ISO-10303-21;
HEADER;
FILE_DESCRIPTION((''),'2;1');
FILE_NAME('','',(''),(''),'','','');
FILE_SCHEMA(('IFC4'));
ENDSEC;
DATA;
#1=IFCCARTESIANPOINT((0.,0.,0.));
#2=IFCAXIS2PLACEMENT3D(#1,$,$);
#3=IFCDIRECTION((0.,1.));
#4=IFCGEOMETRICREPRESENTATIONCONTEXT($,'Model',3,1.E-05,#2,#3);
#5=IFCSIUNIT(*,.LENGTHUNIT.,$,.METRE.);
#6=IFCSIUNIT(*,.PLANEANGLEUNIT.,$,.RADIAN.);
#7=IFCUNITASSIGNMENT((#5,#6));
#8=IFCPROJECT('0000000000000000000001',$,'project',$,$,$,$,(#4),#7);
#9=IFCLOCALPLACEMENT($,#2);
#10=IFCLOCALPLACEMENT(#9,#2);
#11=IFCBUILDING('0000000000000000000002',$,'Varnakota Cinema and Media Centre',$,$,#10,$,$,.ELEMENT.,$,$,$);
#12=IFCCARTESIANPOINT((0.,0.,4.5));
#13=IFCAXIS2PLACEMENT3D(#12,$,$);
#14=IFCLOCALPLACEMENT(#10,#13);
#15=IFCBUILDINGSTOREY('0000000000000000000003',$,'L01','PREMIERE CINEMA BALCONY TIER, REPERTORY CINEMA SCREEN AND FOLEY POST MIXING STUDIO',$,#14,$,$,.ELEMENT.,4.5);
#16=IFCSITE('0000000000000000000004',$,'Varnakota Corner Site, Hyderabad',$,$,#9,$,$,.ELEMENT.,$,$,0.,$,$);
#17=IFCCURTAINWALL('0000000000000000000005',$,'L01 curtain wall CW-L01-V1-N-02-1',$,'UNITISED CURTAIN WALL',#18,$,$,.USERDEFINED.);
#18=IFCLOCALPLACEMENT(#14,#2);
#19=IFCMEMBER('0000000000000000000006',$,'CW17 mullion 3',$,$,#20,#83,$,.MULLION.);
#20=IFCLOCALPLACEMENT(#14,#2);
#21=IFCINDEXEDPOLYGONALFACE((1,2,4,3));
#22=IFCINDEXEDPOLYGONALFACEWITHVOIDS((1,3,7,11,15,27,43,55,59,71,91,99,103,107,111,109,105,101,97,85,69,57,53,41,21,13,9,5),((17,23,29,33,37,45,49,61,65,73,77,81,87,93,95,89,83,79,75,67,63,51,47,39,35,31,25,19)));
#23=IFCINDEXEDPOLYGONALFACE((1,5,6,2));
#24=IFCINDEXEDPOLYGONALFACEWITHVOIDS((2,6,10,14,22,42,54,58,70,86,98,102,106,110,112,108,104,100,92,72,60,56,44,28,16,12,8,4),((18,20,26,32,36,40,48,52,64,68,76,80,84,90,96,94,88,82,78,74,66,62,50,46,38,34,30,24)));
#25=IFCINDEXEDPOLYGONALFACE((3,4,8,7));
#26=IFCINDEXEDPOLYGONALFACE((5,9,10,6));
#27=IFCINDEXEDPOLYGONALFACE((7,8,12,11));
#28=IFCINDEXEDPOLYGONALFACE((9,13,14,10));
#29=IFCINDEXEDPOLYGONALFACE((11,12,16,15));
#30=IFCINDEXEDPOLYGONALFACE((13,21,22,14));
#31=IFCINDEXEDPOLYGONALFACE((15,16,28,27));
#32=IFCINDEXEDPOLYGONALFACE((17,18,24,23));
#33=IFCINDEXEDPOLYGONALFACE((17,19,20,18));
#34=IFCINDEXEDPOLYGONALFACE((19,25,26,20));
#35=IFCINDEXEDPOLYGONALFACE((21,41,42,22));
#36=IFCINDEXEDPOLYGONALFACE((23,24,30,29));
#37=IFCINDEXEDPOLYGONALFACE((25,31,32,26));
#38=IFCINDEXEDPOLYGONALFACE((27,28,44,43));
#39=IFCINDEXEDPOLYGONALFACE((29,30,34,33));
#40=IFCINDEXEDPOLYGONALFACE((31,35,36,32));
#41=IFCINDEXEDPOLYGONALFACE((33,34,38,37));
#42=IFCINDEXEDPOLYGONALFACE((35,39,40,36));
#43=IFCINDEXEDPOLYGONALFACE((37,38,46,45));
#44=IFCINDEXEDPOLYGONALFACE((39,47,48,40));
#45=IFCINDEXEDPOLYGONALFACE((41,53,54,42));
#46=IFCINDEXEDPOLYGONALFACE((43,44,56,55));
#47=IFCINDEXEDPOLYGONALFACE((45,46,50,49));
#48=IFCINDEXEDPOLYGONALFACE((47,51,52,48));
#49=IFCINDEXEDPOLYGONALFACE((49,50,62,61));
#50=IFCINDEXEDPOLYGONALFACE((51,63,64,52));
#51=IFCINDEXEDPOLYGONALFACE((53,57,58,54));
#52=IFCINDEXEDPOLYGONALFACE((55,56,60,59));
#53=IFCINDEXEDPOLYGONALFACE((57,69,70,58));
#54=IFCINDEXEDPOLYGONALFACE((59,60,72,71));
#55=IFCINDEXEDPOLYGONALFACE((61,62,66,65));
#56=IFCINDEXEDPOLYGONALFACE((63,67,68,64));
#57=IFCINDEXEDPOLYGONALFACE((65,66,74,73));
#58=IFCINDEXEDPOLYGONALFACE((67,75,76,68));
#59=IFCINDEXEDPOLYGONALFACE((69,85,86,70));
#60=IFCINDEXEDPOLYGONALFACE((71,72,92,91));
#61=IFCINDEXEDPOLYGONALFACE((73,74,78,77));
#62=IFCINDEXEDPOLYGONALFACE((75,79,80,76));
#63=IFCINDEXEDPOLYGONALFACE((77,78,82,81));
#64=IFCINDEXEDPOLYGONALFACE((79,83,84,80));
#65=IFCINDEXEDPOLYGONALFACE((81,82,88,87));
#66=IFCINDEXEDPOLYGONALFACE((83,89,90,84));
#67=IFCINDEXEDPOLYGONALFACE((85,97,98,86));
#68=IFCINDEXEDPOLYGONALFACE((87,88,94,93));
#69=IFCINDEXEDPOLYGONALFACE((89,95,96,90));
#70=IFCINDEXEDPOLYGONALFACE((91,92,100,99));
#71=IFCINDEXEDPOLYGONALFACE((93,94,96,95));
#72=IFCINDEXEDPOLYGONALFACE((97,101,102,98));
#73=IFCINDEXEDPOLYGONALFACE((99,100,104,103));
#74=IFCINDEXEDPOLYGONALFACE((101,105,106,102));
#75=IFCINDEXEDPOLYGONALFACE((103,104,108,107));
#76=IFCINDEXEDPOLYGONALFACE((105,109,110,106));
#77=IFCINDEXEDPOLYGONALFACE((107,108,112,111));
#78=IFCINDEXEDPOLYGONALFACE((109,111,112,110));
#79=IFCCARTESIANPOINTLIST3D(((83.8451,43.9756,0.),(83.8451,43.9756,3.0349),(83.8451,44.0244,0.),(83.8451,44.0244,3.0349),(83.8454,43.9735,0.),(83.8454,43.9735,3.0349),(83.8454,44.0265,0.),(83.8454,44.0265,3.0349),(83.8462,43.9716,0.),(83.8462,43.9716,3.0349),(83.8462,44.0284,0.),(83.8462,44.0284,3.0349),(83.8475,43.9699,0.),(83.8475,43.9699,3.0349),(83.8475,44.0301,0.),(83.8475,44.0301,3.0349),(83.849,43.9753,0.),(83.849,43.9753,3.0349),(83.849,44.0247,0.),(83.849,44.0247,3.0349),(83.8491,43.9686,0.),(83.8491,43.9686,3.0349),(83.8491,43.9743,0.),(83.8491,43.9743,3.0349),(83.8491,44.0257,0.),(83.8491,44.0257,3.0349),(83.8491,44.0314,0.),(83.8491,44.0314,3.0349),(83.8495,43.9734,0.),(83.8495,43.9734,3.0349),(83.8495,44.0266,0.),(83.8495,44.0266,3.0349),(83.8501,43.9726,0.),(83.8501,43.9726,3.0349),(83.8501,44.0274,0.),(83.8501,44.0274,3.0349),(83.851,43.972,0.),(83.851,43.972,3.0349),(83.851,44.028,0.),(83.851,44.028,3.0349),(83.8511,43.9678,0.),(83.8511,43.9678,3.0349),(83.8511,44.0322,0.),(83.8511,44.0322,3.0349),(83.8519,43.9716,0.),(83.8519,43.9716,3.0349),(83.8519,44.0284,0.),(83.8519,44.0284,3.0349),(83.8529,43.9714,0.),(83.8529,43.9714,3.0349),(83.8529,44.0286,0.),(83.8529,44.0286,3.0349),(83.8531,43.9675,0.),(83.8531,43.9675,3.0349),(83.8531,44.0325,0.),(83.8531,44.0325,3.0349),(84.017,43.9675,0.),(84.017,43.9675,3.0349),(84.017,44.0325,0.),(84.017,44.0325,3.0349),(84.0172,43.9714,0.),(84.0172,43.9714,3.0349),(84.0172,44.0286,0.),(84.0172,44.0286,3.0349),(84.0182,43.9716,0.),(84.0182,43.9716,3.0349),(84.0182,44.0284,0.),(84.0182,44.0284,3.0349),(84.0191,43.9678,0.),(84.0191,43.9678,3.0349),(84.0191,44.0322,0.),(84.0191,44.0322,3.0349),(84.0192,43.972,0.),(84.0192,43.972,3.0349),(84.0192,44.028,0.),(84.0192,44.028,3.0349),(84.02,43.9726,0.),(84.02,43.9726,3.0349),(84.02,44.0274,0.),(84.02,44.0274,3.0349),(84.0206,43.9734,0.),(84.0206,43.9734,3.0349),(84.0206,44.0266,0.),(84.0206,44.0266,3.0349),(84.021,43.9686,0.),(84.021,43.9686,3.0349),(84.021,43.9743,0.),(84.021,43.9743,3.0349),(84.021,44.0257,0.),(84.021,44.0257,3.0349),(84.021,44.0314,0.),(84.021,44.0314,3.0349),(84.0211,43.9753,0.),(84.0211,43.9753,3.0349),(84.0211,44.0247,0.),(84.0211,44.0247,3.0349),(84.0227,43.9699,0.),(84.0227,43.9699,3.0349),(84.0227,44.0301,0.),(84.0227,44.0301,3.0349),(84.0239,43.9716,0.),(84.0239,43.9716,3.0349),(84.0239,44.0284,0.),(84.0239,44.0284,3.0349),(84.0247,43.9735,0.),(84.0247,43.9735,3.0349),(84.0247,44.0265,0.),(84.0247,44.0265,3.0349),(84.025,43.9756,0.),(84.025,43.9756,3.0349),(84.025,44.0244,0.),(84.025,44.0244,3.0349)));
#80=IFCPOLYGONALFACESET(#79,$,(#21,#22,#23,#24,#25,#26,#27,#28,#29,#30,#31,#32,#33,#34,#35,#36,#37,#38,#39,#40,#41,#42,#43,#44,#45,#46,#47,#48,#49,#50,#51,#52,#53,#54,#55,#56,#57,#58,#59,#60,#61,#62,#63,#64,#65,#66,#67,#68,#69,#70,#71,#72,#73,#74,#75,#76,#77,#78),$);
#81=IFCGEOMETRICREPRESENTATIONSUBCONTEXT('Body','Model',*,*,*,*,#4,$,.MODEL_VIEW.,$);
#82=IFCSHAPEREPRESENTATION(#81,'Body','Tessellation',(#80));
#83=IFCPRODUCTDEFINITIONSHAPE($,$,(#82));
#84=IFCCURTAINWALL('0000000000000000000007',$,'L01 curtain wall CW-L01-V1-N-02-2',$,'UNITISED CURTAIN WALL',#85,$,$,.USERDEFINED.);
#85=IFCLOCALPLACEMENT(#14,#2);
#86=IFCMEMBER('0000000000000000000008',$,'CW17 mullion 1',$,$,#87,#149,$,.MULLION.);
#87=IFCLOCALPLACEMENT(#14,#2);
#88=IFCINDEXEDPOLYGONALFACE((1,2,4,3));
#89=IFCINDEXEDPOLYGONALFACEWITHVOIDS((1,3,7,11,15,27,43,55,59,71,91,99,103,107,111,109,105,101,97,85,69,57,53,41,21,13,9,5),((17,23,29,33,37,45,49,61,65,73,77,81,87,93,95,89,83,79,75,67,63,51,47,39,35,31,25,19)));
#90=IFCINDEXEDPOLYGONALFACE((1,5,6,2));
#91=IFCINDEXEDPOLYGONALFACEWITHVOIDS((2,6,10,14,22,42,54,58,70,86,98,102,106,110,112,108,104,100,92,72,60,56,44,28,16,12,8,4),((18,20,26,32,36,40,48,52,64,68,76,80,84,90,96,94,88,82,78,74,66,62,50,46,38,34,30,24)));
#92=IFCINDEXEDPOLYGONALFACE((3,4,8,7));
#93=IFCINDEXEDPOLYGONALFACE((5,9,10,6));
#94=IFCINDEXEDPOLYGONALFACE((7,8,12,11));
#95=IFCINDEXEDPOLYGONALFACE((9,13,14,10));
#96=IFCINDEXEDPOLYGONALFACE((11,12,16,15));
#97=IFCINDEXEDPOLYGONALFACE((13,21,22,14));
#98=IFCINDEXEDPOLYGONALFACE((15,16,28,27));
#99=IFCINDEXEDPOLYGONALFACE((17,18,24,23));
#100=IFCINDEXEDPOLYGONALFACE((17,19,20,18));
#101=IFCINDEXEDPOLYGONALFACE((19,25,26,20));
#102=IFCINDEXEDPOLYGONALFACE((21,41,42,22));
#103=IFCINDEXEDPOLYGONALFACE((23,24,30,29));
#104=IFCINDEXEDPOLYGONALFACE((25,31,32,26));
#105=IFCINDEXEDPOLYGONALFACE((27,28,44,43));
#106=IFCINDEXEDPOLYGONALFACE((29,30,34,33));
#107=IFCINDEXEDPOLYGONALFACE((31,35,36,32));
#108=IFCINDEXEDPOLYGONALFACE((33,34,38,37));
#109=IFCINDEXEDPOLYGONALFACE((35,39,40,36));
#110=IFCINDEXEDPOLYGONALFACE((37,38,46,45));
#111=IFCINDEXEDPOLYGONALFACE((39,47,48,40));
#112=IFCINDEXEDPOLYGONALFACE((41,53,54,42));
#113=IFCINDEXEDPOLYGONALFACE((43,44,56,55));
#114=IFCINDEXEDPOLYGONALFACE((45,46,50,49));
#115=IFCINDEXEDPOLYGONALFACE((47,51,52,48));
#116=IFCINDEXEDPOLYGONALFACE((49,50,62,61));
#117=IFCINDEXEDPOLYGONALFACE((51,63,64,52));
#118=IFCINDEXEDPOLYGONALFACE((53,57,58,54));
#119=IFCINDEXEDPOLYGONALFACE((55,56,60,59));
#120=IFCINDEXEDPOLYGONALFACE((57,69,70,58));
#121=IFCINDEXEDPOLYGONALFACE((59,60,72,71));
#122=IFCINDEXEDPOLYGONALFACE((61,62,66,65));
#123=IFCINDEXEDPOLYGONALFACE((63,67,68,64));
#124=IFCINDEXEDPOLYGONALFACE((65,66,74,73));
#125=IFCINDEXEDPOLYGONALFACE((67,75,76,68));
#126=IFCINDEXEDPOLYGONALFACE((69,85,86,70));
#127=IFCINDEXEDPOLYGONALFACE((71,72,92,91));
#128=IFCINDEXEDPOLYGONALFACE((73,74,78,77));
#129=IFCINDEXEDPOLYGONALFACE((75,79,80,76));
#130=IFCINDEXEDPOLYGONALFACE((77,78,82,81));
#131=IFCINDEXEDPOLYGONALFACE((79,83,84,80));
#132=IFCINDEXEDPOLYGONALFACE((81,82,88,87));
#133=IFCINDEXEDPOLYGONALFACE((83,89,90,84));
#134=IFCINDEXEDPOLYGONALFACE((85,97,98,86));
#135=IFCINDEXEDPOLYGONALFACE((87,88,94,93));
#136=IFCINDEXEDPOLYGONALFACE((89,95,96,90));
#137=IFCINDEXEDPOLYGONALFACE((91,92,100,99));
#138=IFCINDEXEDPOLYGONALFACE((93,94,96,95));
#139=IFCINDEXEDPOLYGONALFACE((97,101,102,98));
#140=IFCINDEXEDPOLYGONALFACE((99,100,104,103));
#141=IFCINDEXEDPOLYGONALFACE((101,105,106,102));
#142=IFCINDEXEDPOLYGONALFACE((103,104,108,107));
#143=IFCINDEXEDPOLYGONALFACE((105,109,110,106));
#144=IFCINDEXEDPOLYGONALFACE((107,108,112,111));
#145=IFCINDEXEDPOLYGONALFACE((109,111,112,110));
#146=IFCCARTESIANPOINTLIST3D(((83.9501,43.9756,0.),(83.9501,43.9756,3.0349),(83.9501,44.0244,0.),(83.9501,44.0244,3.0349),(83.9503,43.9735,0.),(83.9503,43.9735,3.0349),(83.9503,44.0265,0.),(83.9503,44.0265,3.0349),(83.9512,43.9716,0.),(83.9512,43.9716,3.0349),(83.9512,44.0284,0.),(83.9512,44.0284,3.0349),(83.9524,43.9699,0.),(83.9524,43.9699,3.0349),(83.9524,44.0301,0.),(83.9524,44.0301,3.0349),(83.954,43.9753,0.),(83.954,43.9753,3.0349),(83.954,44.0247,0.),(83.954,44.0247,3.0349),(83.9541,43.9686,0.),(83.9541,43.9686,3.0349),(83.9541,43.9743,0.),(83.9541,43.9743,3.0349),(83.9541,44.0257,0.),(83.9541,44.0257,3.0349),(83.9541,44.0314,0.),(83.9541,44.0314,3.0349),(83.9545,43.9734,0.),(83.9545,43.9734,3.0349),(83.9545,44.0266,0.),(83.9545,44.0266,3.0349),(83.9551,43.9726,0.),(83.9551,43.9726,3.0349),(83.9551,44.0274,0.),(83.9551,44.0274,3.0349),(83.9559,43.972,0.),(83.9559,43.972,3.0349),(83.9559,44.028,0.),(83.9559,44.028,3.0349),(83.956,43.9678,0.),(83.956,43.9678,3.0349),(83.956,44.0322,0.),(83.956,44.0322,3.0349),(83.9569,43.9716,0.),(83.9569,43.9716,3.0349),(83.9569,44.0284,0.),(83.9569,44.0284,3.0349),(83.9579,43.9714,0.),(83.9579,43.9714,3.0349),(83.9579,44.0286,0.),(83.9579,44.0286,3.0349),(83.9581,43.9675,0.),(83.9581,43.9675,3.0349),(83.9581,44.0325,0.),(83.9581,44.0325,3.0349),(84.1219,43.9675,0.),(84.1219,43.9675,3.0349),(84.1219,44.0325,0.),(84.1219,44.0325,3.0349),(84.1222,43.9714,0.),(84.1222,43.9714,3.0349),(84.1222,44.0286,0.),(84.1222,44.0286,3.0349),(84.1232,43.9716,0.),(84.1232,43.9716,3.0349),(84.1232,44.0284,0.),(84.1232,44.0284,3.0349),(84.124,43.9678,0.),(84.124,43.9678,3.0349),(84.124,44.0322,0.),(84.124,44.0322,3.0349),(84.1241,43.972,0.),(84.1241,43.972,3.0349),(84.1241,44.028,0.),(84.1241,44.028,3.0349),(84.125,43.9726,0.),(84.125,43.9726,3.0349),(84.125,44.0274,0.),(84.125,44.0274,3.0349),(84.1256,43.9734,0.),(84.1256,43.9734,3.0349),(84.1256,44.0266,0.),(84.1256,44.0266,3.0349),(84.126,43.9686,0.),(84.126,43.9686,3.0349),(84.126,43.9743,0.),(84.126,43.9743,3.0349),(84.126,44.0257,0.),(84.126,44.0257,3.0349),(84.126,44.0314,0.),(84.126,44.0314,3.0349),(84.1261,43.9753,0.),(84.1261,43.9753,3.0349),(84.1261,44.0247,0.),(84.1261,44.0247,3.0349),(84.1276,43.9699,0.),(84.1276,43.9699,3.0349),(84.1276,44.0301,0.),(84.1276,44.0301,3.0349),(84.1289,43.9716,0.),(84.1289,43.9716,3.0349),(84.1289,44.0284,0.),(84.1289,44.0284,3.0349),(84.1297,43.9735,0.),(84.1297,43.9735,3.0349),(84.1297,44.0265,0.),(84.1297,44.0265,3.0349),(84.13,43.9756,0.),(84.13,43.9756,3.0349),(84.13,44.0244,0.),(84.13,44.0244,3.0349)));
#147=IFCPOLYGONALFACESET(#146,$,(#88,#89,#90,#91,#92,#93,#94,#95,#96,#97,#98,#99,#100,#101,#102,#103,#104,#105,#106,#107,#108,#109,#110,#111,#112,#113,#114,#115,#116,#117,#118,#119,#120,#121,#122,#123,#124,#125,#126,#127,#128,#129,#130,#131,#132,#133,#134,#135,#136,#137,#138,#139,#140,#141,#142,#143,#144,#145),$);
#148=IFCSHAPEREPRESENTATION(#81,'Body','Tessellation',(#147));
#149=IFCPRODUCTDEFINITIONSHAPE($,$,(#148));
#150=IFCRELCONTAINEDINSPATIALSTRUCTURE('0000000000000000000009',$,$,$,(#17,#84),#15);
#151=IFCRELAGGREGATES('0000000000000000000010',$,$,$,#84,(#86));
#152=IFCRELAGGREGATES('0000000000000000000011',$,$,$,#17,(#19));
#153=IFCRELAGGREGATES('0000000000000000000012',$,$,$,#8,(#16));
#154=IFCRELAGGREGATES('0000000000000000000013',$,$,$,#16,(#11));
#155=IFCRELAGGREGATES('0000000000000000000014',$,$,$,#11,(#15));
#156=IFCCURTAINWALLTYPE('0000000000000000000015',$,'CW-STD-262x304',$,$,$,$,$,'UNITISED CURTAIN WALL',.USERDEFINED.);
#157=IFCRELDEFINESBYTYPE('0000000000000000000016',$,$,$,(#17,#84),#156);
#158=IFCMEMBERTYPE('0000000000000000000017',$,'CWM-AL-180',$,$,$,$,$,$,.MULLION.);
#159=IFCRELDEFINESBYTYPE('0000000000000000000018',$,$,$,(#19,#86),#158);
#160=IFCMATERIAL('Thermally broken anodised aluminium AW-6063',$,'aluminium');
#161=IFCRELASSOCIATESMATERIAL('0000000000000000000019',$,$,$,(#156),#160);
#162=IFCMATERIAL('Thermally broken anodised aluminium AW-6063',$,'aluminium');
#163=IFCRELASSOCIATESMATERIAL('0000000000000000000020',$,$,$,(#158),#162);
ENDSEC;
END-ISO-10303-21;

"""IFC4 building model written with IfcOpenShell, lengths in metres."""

from ifc_helpers import new_model, si_unit, direction, frame, origin, origin_2d, place, context, subcontext, project, spatial, hollow_rectangle, extrude, material, material_profile, profile_set, type_object, element, aggregate, save


model = new_model("IFC4")

# Units and contexts
model_context = context("Model", 3, precision=1e-05, world=origin(), true_north=direction((0.0, 1.0)))
body_context = subcontext(model_context, "Body", "Model", "MODEL_VIEW")
ifc_project = project(units=[si_unit("LENGTHUNIT", "METRE"), si_unit("PLANEANGLEUNIT", "RADIAN")], contexts=[model_context])

# Site, building, storey
site_placement = place(None, origin())
site = spatial("IfcSite", under=ifc_project, at=site_placement, Name="Varnakota Corner Site, Hyderabad", CompositionType="ELEMENT", RefElevation=0.0)
building_placement = place(site_placement, origin())
building = spatial("IfcBuilding", under=site, at=building_placement, Name="Varnakota Cinema and Media Centre", CompositionType="ELEMENT")
storey_placement = place(building_placement, frame((0.0, 0.0, 4.5)))
storey = spatial("IfcBuildingStorey", under=building, at=storey_placement, Name="L01", Description="PREMIERE CINEMA BALCONY TIER, REPERTORY CINEMA SCREEN AND FOLEY POST MIXING STUDIO", CompositionType="ELEMENT", Elevation=4.5)

# Curtain wall, member
ifc_material_1 = material(Name="Thermally broken anodised aluminium AW-6063", Category="aluminium")
curtain_wall_type = type_object("IfcCurtainWallType", Name="CW-STD-262x304", ElementType="UNITISED CURTAIN WALL", PredefinedType="USERDEFINED", material=ifc_material_1)
ifc_material_2 = material(Name="Thermally broken anodised aluminium AW-6063", Category="aluminium")
ifc_material_profile_1 = material_profile(ifc_material_2, hollow_rectangle(XDim=0.0649, YDim=0.1799, WallThickness=0.0039, InnerFilletRadius=0.0039, OuterFilletRadius=0.0081, at=origin_2d()), Name="AL-MULLION 180x65x4")
ifc_profile_set_1 = profile_set([ifc_material_profile_1], Name="Thermally broken anodised aluminium AW-6063")
member_type_1 = type_object("IfcMemberType", Name="CWM-AL-180", PredefinedType="MULLION", material=ifc_profile_set_1)
curtain_wall_1_placement = place(storey_placement, origin())
curtain_wall_1 = element("IfcCurtainWall", 1, at=curtain_wall_1_placement, inside=storey, type_object=curtain_wall_type, Name="L01 curtain wall CW-L01-V1-N-02-1", ObjectType="UNITISED CURTAIN WALL", PredefinedType="USERDEFINED")
member_1_placement = place(storey_placement, frame((83.9351, 44.0, 0.0), z_axis=(0.0, 0.0, 1.0), x_axis=(0.0, 1.0, 0.0)))
member_1 = element("IfcMember", 2, at=member_1_placement, type_object=member_type_1, Name="CW17 mullion 3", PredefinedType="MULLION", context=body_context, shape_type="SweptSolid", body=[
    extrude(hollow_rectangle(XDim=0.0649, YDim=0.1799, WallThickness=0.0039, InnerFilletRadius=0.0039, OuterFilletRadius=0.0081, at=origin_2d()), origin(), (0.0, 0.0, 1.0), 3.0349),
])

# Curtain wall, member
curtain_wall_2_placement = place(storey_placement, origin())
curtain_wall_2 = element("IfcCurtainWall", 3, at=curtain_wall_2_placement, inside=storey, type_object=curtain_wall_type, Name="L01 curtain wall CW-L01-V1-N-02-2", ObjectType="UNITISED CURTAIN WALL", PredefinedType="USERDEFINED")
member_2_placement = place(storey_placement, frame((84.04, 44.0, 0.0), z_axis=(0.0, 0.0, 1.0), x_axis=(0.0, 1.0, 0.0)))
member_2 = element("IfcMember", 4, at=member_2_placement, type_object=member_type_1, Name="CW17 mullion 1", PredefinedType="MULLION", context=body_context, shape_type="SweptSolid", body=[
    extrude(hollow_rectangle(XDim=0.0649, YDim=0.1799, WallThickness=0.0039, InnerFilletRadius=0.0039, OuterFilletRadius=0.0081, at=origin_2d()), origin(), (0.0, 0.0, 1.0), 3.0349),
])

aggregate(curtain_wall_2, [member_2])

aggregate(curtain_wall_1, [member_1])

save(model, "model.ifc")
